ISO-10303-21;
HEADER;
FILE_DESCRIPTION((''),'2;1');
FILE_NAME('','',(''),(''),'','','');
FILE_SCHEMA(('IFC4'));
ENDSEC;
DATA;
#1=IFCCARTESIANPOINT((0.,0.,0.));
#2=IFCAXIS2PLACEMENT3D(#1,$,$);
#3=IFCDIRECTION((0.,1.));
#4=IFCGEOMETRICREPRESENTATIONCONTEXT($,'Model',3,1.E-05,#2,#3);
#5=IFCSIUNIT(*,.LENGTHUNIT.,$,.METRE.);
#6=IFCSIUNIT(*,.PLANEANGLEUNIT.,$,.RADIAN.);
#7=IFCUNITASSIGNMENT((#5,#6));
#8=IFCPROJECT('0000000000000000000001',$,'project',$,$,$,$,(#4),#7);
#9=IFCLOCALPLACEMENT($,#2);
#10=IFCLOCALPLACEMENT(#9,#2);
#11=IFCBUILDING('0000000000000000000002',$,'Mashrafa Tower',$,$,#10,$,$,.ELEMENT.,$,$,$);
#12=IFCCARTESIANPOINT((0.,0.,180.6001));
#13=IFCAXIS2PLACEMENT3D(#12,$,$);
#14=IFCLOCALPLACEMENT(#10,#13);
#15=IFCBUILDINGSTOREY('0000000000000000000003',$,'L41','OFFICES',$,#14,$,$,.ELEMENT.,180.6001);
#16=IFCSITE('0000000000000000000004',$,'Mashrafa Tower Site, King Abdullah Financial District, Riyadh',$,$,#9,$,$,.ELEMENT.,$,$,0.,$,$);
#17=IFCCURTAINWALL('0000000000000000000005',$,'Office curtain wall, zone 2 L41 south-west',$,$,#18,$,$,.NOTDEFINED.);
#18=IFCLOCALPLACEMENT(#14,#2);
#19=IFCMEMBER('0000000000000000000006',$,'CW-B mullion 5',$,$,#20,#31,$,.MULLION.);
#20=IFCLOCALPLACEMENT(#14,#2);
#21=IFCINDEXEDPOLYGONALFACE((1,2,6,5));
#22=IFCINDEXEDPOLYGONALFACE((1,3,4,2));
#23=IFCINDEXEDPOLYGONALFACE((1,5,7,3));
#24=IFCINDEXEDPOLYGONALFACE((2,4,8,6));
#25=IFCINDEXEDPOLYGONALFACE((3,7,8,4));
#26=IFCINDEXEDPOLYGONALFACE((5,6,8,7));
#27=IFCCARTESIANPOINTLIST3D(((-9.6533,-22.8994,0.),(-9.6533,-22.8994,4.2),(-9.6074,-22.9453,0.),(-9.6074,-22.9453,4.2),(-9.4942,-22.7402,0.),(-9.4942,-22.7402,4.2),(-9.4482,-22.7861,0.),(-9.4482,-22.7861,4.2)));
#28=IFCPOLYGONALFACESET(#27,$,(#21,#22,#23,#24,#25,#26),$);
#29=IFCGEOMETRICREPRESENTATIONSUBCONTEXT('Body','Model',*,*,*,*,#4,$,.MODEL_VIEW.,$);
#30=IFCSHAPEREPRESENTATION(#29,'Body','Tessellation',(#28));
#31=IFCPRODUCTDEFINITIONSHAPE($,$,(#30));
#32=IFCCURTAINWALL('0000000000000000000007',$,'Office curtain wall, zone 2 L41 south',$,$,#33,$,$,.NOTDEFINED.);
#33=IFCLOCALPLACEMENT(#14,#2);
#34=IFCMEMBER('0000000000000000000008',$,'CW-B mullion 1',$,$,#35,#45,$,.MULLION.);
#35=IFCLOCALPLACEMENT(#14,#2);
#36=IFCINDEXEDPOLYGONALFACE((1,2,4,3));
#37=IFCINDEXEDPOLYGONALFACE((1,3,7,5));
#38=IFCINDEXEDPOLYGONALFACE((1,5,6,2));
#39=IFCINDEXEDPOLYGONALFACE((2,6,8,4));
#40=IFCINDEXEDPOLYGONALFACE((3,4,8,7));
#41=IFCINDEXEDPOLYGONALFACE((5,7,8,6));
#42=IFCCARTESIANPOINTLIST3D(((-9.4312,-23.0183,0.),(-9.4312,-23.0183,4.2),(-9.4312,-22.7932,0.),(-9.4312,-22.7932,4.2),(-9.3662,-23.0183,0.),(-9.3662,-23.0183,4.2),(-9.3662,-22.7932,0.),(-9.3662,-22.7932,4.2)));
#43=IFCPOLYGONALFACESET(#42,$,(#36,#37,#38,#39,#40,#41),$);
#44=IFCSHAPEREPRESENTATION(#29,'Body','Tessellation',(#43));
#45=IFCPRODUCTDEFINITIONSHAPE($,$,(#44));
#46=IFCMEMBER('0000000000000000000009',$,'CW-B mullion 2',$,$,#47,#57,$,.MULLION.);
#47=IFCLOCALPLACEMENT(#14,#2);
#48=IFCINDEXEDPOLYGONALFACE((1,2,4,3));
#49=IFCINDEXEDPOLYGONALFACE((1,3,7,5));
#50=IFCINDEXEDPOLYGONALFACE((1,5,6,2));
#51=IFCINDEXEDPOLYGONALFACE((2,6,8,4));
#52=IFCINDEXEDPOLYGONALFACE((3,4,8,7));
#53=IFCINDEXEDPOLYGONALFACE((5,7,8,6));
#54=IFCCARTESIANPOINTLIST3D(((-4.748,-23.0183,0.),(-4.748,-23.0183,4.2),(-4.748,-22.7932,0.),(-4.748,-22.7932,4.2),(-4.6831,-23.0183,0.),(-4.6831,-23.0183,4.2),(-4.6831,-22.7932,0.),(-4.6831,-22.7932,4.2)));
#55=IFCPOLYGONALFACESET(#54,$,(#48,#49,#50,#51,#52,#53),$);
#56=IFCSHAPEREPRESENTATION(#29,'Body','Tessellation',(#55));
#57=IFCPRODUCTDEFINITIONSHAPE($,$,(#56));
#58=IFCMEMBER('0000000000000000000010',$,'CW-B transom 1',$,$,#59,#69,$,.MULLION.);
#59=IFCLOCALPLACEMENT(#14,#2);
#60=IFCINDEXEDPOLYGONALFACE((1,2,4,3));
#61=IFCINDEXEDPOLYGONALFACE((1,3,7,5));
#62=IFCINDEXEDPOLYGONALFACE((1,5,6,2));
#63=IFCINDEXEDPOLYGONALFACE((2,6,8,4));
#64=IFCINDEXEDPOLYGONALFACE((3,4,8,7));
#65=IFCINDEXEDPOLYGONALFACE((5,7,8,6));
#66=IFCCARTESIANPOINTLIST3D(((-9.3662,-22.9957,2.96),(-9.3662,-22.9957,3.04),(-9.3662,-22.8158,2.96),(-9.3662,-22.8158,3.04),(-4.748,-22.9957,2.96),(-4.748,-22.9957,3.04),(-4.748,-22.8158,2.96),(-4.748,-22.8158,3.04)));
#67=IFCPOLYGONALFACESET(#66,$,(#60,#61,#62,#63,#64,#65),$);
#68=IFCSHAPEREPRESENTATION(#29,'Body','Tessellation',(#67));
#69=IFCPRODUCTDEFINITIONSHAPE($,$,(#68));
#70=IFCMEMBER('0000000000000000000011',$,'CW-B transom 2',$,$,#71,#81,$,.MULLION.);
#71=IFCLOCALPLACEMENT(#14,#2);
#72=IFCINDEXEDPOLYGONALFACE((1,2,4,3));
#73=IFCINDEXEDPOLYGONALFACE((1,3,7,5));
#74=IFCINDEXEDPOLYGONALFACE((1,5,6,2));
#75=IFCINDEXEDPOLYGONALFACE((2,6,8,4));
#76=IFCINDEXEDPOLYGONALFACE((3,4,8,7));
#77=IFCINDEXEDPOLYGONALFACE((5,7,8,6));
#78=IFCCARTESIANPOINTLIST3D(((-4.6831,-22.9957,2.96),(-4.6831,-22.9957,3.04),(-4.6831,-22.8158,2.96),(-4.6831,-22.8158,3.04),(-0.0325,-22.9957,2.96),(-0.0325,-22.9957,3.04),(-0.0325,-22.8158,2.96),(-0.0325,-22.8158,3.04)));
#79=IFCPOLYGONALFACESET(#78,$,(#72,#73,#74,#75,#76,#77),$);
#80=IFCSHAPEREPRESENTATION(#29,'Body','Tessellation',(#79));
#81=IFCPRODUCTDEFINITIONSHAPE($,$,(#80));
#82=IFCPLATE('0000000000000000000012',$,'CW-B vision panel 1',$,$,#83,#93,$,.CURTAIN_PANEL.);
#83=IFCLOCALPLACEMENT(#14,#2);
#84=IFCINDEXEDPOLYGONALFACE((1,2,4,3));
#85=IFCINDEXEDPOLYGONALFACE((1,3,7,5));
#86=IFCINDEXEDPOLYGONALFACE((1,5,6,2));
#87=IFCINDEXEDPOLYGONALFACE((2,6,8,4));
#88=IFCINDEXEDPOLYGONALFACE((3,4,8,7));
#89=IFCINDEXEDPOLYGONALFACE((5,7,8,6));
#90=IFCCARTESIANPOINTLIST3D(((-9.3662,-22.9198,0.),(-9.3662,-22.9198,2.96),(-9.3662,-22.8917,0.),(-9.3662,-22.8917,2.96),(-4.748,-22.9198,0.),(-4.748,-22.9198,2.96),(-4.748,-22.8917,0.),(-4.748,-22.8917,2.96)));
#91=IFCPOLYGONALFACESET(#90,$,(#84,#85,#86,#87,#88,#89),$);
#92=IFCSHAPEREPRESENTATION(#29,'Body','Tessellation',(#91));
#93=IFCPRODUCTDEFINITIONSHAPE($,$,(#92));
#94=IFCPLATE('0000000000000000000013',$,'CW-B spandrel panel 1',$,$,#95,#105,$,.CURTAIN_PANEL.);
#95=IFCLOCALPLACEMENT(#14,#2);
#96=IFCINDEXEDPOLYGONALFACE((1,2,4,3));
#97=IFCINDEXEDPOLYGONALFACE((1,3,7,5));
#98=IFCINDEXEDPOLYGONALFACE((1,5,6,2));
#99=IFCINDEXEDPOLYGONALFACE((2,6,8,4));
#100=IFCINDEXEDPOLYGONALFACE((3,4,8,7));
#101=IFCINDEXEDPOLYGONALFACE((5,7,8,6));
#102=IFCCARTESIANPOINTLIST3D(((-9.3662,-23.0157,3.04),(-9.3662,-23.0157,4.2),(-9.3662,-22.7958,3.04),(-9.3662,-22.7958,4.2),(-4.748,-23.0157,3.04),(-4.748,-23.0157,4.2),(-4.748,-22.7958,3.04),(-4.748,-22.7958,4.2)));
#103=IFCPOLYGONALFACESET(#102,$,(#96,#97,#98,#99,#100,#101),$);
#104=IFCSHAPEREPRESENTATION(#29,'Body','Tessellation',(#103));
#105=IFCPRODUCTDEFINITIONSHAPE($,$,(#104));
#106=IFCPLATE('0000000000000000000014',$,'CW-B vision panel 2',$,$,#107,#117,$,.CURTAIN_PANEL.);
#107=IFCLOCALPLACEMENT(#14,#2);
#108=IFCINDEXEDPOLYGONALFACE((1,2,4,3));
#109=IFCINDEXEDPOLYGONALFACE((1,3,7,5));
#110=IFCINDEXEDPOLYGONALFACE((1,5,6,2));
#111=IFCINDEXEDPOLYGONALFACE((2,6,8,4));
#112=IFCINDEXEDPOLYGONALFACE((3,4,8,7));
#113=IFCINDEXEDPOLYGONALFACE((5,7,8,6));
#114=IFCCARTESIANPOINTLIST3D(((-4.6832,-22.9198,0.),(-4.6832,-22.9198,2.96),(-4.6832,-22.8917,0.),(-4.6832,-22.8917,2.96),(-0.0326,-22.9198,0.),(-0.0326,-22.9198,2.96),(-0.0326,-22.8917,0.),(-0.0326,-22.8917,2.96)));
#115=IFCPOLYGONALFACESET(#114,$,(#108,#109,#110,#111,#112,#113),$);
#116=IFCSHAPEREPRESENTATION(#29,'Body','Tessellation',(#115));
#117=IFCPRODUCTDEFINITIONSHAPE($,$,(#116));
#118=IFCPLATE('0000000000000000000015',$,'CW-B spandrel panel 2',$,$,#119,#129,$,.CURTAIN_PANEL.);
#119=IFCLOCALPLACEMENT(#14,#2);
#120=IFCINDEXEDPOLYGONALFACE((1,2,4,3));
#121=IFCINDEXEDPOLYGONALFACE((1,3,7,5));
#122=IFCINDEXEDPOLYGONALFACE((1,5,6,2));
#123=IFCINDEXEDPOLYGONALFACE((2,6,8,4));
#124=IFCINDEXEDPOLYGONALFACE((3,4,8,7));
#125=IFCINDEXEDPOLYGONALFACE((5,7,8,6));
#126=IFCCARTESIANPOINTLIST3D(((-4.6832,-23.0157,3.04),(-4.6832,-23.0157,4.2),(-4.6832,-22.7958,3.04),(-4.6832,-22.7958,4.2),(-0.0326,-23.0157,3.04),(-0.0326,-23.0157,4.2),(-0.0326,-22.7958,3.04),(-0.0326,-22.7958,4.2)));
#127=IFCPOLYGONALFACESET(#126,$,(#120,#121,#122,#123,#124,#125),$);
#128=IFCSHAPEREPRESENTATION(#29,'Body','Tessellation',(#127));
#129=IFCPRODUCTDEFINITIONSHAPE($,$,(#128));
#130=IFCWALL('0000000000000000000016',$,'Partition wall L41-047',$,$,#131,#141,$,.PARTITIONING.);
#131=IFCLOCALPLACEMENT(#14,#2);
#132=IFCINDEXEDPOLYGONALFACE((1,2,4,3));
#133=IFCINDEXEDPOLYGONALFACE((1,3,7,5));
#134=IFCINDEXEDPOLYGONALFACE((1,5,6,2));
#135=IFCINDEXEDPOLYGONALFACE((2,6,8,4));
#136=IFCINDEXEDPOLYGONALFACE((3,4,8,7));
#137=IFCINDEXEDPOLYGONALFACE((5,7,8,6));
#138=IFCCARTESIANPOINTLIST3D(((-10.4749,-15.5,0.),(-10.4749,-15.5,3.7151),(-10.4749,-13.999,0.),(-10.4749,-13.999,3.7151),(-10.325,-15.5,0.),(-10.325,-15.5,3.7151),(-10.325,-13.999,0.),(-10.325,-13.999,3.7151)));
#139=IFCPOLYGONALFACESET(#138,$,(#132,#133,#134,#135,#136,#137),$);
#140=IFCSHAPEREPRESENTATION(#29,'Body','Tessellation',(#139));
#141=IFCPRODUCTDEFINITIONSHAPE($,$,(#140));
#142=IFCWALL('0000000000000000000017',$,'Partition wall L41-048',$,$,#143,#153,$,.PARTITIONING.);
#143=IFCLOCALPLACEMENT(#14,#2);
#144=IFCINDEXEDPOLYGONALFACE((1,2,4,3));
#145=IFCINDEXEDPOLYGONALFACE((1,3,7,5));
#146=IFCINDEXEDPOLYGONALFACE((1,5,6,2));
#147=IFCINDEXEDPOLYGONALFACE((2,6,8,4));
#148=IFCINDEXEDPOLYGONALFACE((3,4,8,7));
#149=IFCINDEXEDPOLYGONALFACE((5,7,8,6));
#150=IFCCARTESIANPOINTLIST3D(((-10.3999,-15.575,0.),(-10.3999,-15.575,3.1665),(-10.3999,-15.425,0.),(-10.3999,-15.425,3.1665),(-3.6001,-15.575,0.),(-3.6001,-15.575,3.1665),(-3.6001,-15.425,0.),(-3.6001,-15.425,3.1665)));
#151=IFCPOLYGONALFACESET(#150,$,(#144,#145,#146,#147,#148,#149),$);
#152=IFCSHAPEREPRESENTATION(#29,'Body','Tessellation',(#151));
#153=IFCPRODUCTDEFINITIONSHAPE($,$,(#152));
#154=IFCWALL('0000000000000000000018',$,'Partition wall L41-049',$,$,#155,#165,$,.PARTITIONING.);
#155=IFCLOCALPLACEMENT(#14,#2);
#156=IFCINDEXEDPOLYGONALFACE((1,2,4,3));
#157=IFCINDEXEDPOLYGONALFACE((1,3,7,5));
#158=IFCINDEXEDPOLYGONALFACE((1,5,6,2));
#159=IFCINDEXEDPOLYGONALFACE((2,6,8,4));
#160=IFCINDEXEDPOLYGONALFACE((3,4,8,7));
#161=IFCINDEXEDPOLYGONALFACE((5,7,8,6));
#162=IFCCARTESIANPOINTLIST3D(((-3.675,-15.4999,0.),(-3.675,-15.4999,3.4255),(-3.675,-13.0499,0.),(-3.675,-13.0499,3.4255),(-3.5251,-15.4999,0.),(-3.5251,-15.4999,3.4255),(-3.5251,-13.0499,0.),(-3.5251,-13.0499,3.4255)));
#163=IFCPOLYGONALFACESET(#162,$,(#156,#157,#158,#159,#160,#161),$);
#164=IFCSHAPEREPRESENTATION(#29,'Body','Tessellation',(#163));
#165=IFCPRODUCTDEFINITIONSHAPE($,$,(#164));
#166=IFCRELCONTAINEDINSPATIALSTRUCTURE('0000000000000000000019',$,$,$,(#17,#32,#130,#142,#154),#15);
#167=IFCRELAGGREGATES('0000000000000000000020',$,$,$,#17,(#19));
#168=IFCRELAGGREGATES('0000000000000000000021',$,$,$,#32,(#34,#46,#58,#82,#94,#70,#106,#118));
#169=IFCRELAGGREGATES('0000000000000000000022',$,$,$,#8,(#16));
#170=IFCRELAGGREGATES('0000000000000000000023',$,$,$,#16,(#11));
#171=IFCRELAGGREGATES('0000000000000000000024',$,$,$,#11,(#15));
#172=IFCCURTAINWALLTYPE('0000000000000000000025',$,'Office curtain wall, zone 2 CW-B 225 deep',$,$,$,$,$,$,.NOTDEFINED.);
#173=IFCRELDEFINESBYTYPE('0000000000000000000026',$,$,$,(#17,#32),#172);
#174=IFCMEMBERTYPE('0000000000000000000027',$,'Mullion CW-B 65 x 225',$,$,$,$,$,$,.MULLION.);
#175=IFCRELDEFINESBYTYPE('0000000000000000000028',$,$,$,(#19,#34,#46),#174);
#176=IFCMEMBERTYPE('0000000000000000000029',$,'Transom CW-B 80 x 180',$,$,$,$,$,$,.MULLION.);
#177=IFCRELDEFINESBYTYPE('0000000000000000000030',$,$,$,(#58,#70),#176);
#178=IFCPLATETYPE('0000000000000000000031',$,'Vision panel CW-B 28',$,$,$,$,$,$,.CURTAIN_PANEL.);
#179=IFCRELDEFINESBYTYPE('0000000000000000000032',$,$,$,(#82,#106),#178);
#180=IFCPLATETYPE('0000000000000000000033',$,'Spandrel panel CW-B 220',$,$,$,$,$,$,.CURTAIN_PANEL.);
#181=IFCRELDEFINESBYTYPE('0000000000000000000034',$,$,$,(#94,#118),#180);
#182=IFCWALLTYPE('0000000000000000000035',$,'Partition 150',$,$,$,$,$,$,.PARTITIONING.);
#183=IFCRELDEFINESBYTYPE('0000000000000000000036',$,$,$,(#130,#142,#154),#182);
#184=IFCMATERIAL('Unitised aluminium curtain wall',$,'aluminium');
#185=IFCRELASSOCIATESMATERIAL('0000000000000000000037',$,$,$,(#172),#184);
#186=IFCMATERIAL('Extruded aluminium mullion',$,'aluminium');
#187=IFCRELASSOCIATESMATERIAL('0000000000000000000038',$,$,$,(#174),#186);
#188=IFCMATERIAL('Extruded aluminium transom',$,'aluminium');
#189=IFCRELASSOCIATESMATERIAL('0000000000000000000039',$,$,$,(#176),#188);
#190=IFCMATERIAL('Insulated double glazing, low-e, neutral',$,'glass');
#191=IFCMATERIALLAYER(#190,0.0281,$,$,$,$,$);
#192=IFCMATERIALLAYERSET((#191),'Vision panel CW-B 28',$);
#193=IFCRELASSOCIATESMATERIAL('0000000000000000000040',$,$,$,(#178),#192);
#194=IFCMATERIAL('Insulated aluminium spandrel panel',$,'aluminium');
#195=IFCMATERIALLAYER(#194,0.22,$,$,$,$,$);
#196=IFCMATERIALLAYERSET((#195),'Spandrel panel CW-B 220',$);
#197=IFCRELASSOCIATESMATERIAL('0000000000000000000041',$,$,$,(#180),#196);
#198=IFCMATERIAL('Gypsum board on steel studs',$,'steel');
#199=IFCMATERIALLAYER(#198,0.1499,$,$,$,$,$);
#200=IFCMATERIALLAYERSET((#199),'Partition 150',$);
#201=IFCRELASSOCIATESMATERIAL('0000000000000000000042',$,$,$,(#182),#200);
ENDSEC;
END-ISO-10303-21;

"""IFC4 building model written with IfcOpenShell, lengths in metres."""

from ifc_helpers import new_model, si_unit, direction, frame, frame_2d, origin, origin_2d, place, context, subcontext, project, spatial, rectangle, extrude, source, transform, mapped, material, layer, layer_set, material_profile, profile_set, type_object, type_shapes, element, aggregate, save


model = new_model("IFC4")

# Units and contexts
model_context = context("Model", 3, precision=1e-05, world=origin(), true_north=direction((0.0, 1.0)))
body_context = subcontext(model_context, "Body", "Model", "MODEL_VIEW")
ifc_project = project(units=[si_unit("LENGTHUNIT", "METRE"), si_unit("PLANEANGLEUNIT", "RADIAN")], contexts=[model_context])

# Site, building, storey
site_placement = place(None, origin())
site = spatial("IfcSite", under=ifc_project, at=site_placement, Name="Mashrafa Tower Site, King Abdullah Financial District, Riyadh", CompositionType="ELEMENT", RefElevation=0.0)
building_placement = place(site_placement, origin())
building = spatial("IfcBuilding", under=site, at=building_placement, Name="Mashrafa Tower", CompositionType="ELEMENT")
storey_placement = place(building_placement, frame((0.0, 0.0, 180.6001)))
storey = spatial("IfcBuildingStorey", under=building, at=storey_placement, Name="L41", Description="OFFICES", CompositionType="ELEMENT", Elevation=180.6001)

# Curtain wall, member
ifc_material_1 = material(Name="Unitised aluminium curtain wall", Category="aluminium")
curtain_wall_type = type_object("IfcCurtainWallType", Name="Office curtain wall, zone 2 CW-B 225 deep", PredefinedType="NOTDEFINED", material=ifc_material_1)
curtain_wall_1_placement = place(storey_placement, origin())
curtain_wall_1 = element("IfcCurtainWall", 1, at=curtain_wall_1_placement, inside=storey, type_object=curtain_wall_type, Name="Office curtain wall, zone 2 L41 south-west", PredefinedType="NOTDEFINED")
ifc_material_2 = material(Name="Extruded aluminium mullion", Category="aluminium")
ifc_material_profile_1 = material_profile(ifc_material_2, rectangle(XDim=0.2251, YDim=0.0649, at=origin_2d()), Name="Mullion 65x225")
ifc_profile_set_1 = profile_set([ifc_material_profile_1], Name="Extruded aluminium mullion")
member_type_1 = type_object("IfcMemberType", Name="Mullion CW-B 65 x 225", PredefinedType="MULLION", material=ifc_profile_set_1)
shared_shape_1 = source(origin(), body_context, "Body", "SweptSolid", [
    extrude(rectangle(XDim=0.2251, YDim=0.0649, at=origin_2d()), origin(), (0.0, 0.0, 1.0), 4.2),
])
type_shapes(member_type_1, [shared_shape_1])
member_1_placement = place(storey_placement, frame((-9.5508, -22.8428, 0.0), z_axis=(0.0, 0.0, 1.0), x_axis=(0.707107, 0.707107, 0.0)))
member_1 = element("IfcMember", 2, at=member_1_placement, type_object=member_type_1, Name="CW-B mullion 5", PredefinedType="MULLION", context=body_context, shape_type="MappedRepresentation", body=[
    mapped(shared_shape_1, transform((0.0, 0.0, 0.0))),
])
aggregate(curtain_wall_1, [member_1])

# Curtain wall, members, plates
curtain_wall_2_placement = place(storey_placement, origin())
curtain_wall_2 = element("IfcCurtainWall", 3, at=curtain_wall_2_placement, inside=storey, type_object=curtain_wall_type, Name="Office curtain wall, zone 2 L41 south", PredefinedType="NOTDEFINED")
member_2_placement = place(storey_placement, frame((-9.3987, -22.9058, 0.0), z_axis=(0.0, 0.0, 1.0), x_axis=(0.0, 1.0, 0.0)))
member_2 = element("IfcMember", 4, at=member_2_placement, type_object=member_type_1, Name="CW-B mullion 1", PredefinedType="MULLION", context=body_context, shape_type="MappedRepresentation", body=[
    mapped(shared_shape_1, transform((0.0, 0.0, 0.0))),
])
member_3_placement = place(storey_placement, frame((-4.7156, -22.9058, 0.0), z_axis=(0.0, 0.0, 1.0), x_axis=(0.0, 1.0, 0.0)))
member_3 = element("IfcMember", 5, at=member_3_placement, type_object=member_type_1, Name="CW-B mullion 2", PredefinedType="MULLION", context=body_context, shape_type="MappedRepresentation", body=[
    mapped(shared_shape_1, transform((0.0, 0.0, 0.0))),
])
ifc_material_3 = material(Name="Extruded aluminium transom", Category="aluminium")
ifc_material_profile_2 = material_profile(ifc_material_3, rectangle(XDim=0.1799, YDim=0.0801, at=origin_2d()), Name="Transom 80x180")
ifc_profile_set_2 = profile_set([ifc_material_profile_2], Name="Extruded aluminium transom")
member_type_2 = type_object("IfcMemberType", Name="Transom CW-B 80 x 180", PredefinedType="MULLION", material=ifc_profile_set_2)
shared_shape_2 = source(origin(), body_context, "Body", "SweptSolid", [
    extrude(rectangle(XDim=0.1799, YDim=0.0801, at=origin_2d()), origin(), (0.0, 0.0, 1.0), 4.6182),
])
member_4_placement = place(storey_placement, frame((-9.3662, -22.9058, 3.0), z_axis=(1.0, 0.0, 0.0), x_axis=(0.0, 1.0, 0.0)))
member_4 = element("IfcMember", 6, at=member_4_placement, type_object=member_type_2, Name="CW-B transom 1", PredefinedType="MULLION", context=body_context, shape_type="MappedRepresentation", body=[
    mapped(shared_shape_2, transform((0.0, 0.0, 0.0))),
])
shared_shape_3 = source(origin(), body_context, "Body", "SweptSolid", [
    extrude(rectangle(XDim=0.1799, YDim=0.0801, at=origin_2d()), origin(), (0.0, 0.0, 1.0), 4.6506),
])
type_shapes(member_type_2, [shared_shape_2, shared_shape_3])
member_5_placement = place(storey_placement, frame((-4.6831, -22.9058, 3.0), z_axis=(1.0, 0.0, 0.0), x_axis=(0.0, 1.0, 0.0)))
member_5 = element("IfcMember", 7, at=member_5_placement, type_object=member_type_2, Name="CW-B transom 2", PredefinedType="MULLION", context=body_context, shape_type="MappedRepresentation", body=[
    mapped(shared_shape_3, transform((0.0, 0.0, 0.0))),
])
ifc_material_4 = material(Name="Insulated double glazing, low-e, neutral", Category="glass")
ifc_layer_1 = layer(ifc_material_4, 0.0281)
ifc_layer_set_1 = layer_set([ifc_layer_1], Name="Vision panel CW-B 28")
plate_type_1 = type_object("IfcPlateType", Name="Vision panel CW-B 28", PredefinedType="CURTAIN_PANEL", material=ifc_layer_set_1)
shared_shape_4 = source(origin(), body_context, "Body", "SweptSolid", [
    extrude(rectangle(XDim=4.6182, YDim=0.0281, at=origin_2d()), origin(), (0.0, 0.0, 1.0), 2.96),
])
plate_1_placement = place(storey_placement, frame((-7.0571, -22.9058, 0.0), z_axis=(0.0, 0.0, 1.0), x_axis=(1.0, 0.0, 0.0)))
plate_1 = element("IfcPlate", 8, at=plate_1_placement, type_object=plate_type_1, Name="CW-B vision panel 1", PredefinedType="CURTAIN_PANEL", context=body_context, shape_type="MappedRepresentation", body=[
    mapped(shared_shape_4, transform((0.0, 0.0, 0.0))),
])
ifc_material_5 = material(Name="Insulated aluminium spandrel panel", Category="aluminium")
ifc_layer_2 = layer(ifc_material_5, 0.22)
ifc_layer_set_2 = layer_set([ifc_layer_2], Name="Spandrel panel CW-B 220")
plate_type_2 = type_object("IfcPlateType", Name="Spandrel panel CW-B 220", PredefinedType="CURTAIN_PANEL", material=ifc_layer_set_2)
shared_shape_5 = source(origin(), body_context, "Body", "SweptSolid", [
    extrude(rectangle(XDim=4.6182, YDim=0.22, at=origin_2d()), origin(), (0.0, 0.0, 1.0), 1.1599),
])
plate_2_placement = place(storey_placement, frame((-7.0571, -22.9058, 3.04), z_axis=(0.0, 0.0, 1.0), x_axis=(1.0, 0.0, 0.0)))
plate_2 = element("IfcPlate", 9, at=plate_2_placement, type_object=plate_type_2, Name="CW-B spandrel panel 1", PredefinedType="CURTAIN_PANEL", context=body_context, shape_type="MappedRepresentation", body=[
    mapped(shared_shape_5, transform((0.0, 0.0, 0.0))),
])
shared_shape_6 = source(origin(), body_context, "Body", "SweptSolid", [
    extrude(rectangle(XDim=4.6506, YDim=0.0281, at=origin_2d()), origin(), (0.0, 0.0, 1.0), 2.96),
])
type_shapes(plate_type_1, [shared_shape_4, shared_shape_6])
plate_3_placement = place(storey_placement, frame((-2.3579, -22.9058, 0.0), z_axis=(0.0, 0.0, 1.0), x_axis=(1.0, 0.0, 0.0)))
plate_3 = element("IfcPlate", 10, at=plate_3_placement, type_object=plate_type_1, Name="CW-B vision panel 2", PredefinedType="CURTAIN_PANEL", context=body_context, shape_type="MappedRepresentation", body=[
    mapped(shared_shape_6, transform((0.0, 0.0, 0.0))),
])
shared_shape_7 = source(origin(), body_context, "Body", "SweptSolid", [
    extrude(rectangle(XDim=4.6506, YDim=0.22, at=origin_2d()), origin(), (0.0, 0.0, 1.0), 1.1599),
])
type_shapes(plate_type_2, [shared_shape_5, shared_shape_7])
plate_4_placement = place(storey_placement, frame((-2.3579, -22.9058, 3.04), z_axis=(0.0, 0.0, 1.0), x_axis=(1.0, 0.0, 0.0)))
plate_4 = element("IfcPlate", 11, at=plate_4_placement, type_object=plate_type_2, Name="CW-B spandrel panel 2", PredefinedType="CURTAIN_PANEL", context=body_context, shape_type="MappedRepresentation", body=[
    mapped(shared_shape_7, transform((0.0, 0.0, 0.0))),
])
aggregate(curtain_wall_2, [member_2, member_3, member_4, plate_1, plate_2, member_5, plate_3, plate_4])

# Walls
ifc_material_6 = material(Name="Gypsum board on steel studs", Category="steel")
ifc_layer_3 = layer(ifc_material_6, 0.1499)
ifc_layer_set_3 = layer_set([ifc_layer_3], Name="Partition 150")
wall_type = type_object("IfcWallType", Name="Partition 150", PredefinedType="PARTITIONING", material=ifc_layer_set_3)
wall_1_placement = place(storey_placement, frame((-10.3999, -13.999, 0.0), z_axis=(0.0, 0.0, 1.0), x_axis=(0.0, -1.0, 0.0)))
element("IfcWall", 12, at=wall_1_placement, inside=storey, type_object=wall_type, Name="Partition wall L41-047", PredefinedType="PARTITIONING", context=body_context, shape_type="SweptSolid", body=[
    extrude(rectangle(XDim=1.501, YDim=0.1499, at=frame_2d((0.7505, 0.0))), origin(), (0.0, 0.0, 1.0), 3.7151),
])
wall_2_placement = place(storey_placement, frame((-10.3999, -15.5, 0.0), z_axis=(0.0, 0.0, 1.0), x_axis=(1.0, 0.0, 0.0)))
element("IfcWall", 13, at=wall_2_placement, inside=storey, type_object=wall_type, Name="Partition wall L41-048", PredefinedType="PARTITIONING", context=body_context, shape_type="SweptSolid", body=[
    extrude(rectangle(XDim=6.7998, YDim=0.1499, at=frame_2d((3.3999, 0.0))), origin(), (0.0, 0.0, 1.0), 3.1665),
])
wall_3_placement = place(storey_placement, frame((-3.6001, -15.5, 0.0), z_axis=(0.0, 0.0, 1.0), x_axis=(0.0, 1.0, 0.0)))
element("IfcWall", 14, at=wall_3_placement, inside=storey, type_object=wall_type, Name="Partition wall L41-049", PredefinedType="PARTITIONING", context=body_context, shape_type="SweptSolid", body=[
    extrude(rectangle(XDim=2.45, YDim=0.1499, at=frame_2d((1.2251, 0.0))), origin(), (0.0, 0.0, 1.0), 3.4255),
])

save(model, "model.ifc")
